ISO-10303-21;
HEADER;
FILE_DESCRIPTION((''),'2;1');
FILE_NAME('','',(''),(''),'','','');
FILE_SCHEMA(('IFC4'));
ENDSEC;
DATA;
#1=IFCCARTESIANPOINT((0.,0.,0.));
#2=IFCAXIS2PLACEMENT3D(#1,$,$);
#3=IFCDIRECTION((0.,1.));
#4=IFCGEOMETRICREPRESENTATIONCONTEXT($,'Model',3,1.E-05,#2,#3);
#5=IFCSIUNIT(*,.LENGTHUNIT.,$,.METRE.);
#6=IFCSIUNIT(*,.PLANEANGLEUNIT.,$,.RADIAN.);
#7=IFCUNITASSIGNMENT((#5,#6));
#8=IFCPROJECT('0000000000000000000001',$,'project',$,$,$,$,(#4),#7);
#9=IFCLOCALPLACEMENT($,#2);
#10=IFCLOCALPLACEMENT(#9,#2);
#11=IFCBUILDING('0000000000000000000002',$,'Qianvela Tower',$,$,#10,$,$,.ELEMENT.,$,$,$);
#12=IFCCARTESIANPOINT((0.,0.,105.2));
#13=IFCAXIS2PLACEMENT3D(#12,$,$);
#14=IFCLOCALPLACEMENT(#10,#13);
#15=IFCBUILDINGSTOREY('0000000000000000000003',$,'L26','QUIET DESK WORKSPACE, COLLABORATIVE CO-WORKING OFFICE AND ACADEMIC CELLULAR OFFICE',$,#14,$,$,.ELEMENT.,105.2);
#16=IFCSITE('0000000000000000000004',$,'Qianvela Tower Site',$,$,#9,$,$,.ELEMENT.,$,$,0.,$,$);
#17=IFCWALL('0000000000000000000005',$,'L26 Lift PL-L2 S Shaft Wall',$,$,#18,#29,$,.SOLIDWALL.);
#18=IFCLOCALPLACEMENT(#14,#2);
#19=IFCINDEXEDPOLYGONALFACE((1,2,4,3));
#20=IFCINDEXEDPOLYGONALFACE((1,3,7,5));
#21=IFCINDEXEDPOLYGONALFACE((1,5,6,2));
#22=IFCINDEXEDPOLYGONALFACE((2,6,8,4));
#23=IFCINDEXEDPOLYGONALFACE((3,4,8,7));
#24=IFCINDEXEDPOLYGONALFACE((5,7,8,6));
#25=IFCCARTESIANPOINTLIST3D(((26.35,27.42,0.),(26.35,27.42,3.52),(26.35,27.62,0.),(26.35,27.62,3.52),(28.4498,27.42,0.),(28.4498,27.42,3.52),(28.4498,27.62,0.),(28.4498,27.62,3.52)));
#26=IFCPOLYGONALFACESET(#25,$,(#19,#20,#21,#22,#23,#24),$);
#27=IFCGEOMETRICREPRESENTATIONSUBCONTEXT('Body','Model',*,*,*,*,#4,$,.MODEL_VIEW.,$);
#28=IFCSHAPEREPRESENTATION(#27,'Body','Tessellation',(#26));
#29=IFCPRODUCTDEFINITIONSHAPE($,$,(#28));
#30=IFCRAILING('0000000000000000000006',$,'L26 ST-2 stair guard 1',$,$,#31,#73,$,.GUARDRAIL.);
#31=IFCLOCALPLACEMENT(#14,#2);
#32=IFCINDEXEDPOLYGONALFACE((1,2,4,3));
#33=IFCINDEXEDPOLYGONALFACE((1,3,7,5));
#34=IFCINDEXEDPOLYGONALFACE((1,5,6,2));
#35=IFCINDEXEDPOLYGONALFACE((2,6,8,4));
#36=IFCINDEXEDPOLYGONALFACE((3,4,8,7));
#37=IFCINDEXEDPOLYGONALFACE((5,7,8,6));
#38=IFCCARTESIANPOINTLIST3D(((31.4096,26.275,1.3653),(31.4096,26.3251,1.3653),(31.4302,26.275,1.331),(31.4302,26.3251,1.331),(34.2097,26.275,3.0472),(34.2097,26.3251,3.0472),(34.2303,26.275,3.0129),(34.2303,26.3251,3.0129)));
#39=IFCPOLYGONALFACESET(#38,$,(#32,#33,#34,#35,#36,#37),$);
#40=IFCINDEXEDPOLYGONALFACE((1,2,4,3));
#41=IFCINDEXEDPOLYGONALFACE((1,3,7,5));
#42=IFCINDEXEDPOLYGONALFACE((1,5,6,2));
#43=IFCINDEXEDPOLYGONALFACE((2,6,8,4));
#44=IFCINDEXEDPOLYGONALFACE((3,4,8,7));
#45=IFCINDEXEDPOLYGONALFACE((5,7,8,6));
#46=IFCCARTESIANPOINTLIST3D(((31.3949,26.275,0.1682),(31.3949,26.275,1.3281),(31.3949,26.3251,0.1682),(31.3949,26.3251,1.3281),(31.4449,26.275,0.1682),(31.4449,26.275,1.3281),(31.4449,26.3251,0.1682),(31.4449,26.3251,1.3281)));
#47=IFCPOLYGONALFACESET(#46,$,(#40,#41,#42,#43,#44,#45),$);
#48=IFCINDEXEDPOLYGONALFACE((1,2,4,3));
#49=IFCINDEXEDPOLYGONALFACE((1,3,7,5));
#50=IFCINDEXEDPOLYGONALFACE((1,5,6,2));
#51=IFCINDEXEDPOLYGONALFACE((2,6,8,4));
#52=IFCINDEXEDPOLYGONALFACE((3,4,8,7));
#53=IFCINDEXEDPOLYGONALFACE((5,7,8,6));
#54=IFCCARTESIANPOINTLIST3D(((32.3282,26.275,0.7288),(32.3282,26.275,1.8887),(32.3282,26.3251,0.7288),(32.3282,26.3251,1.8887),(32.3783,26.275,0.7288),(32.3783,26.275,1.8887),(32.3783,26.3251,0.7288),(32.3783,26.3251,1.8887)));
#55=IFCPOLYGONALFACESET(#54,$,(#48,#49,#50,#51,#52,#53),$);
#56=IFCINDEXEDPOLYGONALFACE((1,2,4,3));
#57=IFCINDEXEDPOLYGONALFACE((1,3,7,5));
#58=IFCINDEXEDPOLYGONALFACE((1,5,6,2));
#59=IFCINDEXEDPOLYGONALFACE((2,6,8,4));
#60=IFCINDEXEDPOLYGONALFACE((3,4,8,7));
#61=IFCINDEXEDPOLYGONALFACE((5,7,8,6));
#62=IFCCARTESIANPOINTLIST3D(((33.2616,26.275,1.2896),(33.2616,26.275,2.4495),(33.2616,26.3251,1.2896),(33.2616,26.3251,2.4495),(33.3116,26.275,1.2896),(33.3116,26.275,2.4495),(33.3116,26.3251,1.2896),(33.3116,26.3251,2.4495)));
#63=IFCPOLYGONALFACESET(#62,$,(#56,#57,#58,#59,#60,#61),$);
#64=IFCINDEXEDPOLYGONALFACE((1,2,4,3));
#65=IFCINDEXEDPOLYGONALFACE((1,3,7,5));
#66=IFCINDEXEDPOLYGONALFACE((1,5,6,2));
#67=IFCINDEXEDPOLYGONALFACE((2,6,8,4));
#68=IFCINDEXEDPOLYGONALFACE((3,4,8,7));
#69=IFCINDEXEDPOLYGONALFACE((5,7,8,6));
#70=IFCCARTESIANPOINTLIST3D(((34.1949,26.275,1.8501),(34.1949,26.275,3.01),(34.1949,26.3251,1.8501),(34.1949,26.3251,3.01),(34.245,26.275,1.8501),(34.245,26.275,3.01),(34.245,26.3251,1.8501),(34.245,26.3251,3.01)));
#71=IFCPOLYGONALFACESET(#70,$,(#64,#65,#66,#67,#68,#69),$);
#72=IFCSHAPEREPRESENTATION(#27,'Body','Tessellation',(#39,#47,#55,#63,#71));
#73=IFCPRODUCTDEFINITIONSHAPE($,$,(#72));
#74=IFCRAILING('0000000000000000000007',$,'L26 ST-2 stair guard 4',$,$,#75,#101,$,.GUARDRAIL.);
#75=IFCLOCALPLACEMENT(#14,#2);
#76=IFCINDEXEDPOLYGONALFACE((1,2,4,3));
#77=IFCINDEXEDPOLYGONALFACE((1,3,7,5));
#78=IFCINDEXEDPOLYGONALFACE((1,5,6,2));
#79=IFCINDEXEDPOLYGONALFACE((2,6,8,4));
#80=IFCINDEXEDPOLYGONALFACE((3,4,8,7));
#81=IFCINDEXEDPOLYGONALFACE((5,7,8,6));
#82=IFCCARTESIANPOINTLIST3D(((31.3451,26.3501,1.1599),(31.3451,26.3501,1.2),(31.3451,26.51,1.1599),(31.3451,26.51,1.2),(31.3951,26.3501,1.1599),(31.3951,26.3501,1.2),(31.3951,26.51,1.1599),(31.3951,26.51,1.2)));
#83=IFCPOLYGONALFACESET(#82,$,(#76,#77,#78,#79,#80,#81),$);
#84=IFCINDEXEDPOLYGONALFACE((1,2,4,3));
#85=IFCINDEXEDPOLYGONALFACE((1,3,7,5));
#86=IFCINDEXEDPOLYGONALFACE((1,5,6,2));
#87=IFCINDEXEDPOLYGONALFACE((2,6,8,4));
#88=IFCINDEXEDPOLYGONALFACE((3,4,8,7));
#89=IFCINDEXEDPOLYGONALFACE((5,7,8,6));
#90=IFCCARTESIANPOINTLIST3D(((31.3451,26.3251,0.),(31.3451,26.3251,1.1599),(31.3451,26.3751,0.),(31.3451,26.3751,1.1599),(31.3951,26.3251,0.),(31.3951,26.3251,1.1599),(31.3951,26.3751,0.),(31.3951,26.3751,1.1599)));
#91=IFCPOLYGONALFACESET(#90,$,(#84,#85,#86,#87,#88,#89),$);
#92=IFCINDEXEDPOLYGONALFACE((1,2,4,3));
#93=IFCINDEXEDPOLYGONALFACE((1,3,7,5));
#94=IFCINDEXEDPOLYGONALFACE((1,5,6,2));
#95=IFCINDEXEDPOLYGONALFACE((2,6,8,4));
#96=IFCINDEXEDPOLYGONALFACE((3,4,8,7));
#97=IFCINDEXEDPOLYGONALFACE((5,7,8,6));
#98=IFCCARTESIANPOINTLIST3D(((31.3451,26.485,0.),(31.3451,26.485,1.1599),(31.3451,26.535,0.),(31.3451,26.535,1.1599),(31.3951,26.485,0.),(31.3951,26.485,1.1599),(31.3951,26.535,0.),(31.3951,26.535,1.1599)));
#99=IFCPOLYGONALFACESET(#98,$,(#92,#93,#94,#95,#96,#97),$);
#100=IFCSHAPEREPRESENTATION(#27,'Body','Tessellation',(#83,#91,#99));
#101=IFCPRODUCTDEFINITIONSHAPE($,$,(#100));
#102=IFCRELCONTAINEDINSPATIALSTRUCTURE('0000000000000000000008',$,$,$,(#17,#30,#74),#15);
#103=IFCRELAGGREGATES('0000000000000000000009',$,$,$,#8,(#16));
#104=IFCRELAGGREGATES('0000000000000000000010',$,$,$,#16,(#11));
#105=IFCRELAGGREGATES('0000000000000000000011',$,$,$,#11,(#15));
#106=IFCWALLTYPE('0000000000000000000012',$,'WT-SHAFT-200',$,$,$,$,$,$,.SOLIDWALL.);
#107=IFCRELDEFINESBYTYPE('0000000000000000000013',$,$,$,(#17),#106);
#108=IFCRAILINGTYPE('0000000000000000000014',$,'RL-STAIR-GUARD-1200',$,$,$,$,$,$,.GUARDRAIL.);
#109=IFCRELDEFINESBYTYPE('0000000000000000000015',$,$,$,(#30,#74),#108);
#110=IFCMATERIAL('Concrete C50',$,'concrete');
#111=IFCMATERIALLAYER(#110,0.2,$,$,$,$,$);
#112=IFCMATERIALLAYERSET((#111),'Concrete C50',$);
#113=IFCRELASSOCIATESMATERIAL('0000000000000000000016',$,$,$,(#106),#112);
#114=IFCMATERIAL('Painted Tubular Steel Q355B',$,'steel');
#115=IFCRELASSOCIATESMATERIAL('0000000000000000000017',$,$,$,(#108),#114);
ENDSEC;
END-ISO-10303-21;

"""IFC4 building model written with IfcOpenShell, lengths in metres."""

from ifc_helpers import new_model, si_unit, direction, frame, frame_2d, origin, origin_2d, place, context, subcontext, project, spatial, rectangle, extrude, material, layer, layer_set, type_object, element, save


model = new_model("IFC4")

# Units and contexts
model_context = context("Model", 3, precision=1e-05, world=origin(), true_north=direction((0.0, 1.0)))
body_context = subcontext(model_context, "Body", "Model", "MODEL_VIEW")
ifc_project = project(units=[si_unit("LENGTHUNIT", "METRE"), si_unit("PLANEANGLEUNIT", "RADIAN")], contexts=[model_context])

# Site, building, storey
site_placement = place(None, origin())
site = spatial("IfcSite", under=ifc_project, at=site_placement, Name="Qianvela Tower Site", CompositionType="ELEMENT", RefElevation=0.0)
building_placement = place(site_placement, origin())
building = spatial("IfcBuilding", under=site, at=building_placement, Name="Qianvela Tower", CompositionType="ELEMENT")
storey_placement = place(building_placement, frame((0.0, 0.0, 105.2)))
storey = spatial("IfcBuildingStorey", under=building, at=storey_placement, Name="L26", Description="QUIET DESK WORKSPACE, COLLABORATIVE CO-WORKING OFFICE AND ACADEMIC CELLULAR OFFICE", CompositionType="ELEMENT", Elevation=105.2)

# Shared definitions
ifc_material_1 = material(Name="Concrete C50", Category="concrete")
ifc_layer_1 = layer(ifc_material_1, 0.2)
ifc_layer_set_1 = layer_set([ifc_layer_1], Name="Concrete C50")
wall_type_1 = type_object("IfcWallType", Name="WT-SHAFT-200", PredefinedType="SOLIDWALL", material=ifc_layer_set_1)

# Wall
wall_1_placement = place(storey_placement, frame((26.3501, 27.52, 0.0), z_axis=(0.0, 0.0, 1.0), x_axis=(1.0, 0.0, 0.0)))
element("IfcWall", 1, at=wall_1_placement, inside=storey, type_object=wall_type_1, Name="L26 Lift PL-L2 S Shaft Wall", PredefinedType="SOLIDWALL", context=body_context, shape_type="SweptSolid", body=[
    extrude(rectangle(XDim=2.0999, YDim=0.2, at=frame_2d((1.0498, 0.0))), origin(), (0.0, 0.0, 1.0), 3.52),
])

# Railings
ifc_material_2 = material(Name="Painted Tubular Steel Q355B", Category="steel")
railing_type = type_object("IfcRailingType", Name="RL-STAIR-GUARD-1200", PredefinedType="GUARDRAIL", material=ifc_material_2)
railing_1_placement = place(storey_placement, frame((31.4199, 26.3, 0.1682)))
element("IfcRailing", 2, at=railing_1_placement, inside=storey, type_object=railing_type, Name="L26 ST-2 stair guard 1", PredefinedType="GUARDRAIL", context=body_context, shape_type="SweptSolid", body=[
    extrude(rectangle(XDim=0.05, YDim=0.04, at=origin_2d()), frame((0.0, 0.0, 1.1799), z_axis=(0.857242, 0.0, 0.514913), x_axis=(0.0, 1.0, 0.0)), (0.0, 0.0, 1.0), 3.2664),
    extrude(rectangle(XDim=0.05, YDim=0.05, at=origin_2d()), origin(), (0.0, 0.0, 1.0), 1.1599),
    extrude(rectangle(XDim=0.05, YDim=0.05, at=origin_2d()), frame((0.9333, 0.0, 0.5605)), (0.0, 0.0, 1.0), 1.1599),
    extrude(rectangle(XDim=0.05, YDim=0.05, at=origin_2d()), frame((1.8667, 0.0, 1.1213)), (0.0, 0.0, 1.0), 1.1599),
    extrude(rectangle(XDim=0.05, YDim=0.05, at=origin_2d()), frame((2.8, 0.0, 1.6819)), (0.0, 0.0, 1.0), 1.1599),
])
railing_2_placement = place(storey_placement, frame((31.3701, 26.3501, 0.0)))
element("IfcRailing", 3, at=railing_2_placement, inside=storey, type_object=railing_type, Name="L26 ST-2 stair guard 4", PredefinedType="GUARDRAIL", context=body_context, shape_type="SweptSolid", body=[
    extrude(rectangle(XDim=0.05, YDim=0.04, at=origin_2d()), frame((0.0, 0.0, 1.1799), z_axis=(0.0, 1.0, 0.0), x_axis=(-1.0, 0.0, 0.0)), (0.0, 0.0, 1.0), 0.1599),
    extrude(rectangle(XDim=0.05, YDim=0.05, at=origin_2d()), origin(), (0.0, 0.0, 1.0), 1.1599),
    extrude(rectangle(XDim=0.05, YDim=0.05, at=origin_2d()), frame((0.0, 0.1599, 0.0)), (0.0, 0.0, 1.0), 1.1599),
])

save(model, "model.ifc")
